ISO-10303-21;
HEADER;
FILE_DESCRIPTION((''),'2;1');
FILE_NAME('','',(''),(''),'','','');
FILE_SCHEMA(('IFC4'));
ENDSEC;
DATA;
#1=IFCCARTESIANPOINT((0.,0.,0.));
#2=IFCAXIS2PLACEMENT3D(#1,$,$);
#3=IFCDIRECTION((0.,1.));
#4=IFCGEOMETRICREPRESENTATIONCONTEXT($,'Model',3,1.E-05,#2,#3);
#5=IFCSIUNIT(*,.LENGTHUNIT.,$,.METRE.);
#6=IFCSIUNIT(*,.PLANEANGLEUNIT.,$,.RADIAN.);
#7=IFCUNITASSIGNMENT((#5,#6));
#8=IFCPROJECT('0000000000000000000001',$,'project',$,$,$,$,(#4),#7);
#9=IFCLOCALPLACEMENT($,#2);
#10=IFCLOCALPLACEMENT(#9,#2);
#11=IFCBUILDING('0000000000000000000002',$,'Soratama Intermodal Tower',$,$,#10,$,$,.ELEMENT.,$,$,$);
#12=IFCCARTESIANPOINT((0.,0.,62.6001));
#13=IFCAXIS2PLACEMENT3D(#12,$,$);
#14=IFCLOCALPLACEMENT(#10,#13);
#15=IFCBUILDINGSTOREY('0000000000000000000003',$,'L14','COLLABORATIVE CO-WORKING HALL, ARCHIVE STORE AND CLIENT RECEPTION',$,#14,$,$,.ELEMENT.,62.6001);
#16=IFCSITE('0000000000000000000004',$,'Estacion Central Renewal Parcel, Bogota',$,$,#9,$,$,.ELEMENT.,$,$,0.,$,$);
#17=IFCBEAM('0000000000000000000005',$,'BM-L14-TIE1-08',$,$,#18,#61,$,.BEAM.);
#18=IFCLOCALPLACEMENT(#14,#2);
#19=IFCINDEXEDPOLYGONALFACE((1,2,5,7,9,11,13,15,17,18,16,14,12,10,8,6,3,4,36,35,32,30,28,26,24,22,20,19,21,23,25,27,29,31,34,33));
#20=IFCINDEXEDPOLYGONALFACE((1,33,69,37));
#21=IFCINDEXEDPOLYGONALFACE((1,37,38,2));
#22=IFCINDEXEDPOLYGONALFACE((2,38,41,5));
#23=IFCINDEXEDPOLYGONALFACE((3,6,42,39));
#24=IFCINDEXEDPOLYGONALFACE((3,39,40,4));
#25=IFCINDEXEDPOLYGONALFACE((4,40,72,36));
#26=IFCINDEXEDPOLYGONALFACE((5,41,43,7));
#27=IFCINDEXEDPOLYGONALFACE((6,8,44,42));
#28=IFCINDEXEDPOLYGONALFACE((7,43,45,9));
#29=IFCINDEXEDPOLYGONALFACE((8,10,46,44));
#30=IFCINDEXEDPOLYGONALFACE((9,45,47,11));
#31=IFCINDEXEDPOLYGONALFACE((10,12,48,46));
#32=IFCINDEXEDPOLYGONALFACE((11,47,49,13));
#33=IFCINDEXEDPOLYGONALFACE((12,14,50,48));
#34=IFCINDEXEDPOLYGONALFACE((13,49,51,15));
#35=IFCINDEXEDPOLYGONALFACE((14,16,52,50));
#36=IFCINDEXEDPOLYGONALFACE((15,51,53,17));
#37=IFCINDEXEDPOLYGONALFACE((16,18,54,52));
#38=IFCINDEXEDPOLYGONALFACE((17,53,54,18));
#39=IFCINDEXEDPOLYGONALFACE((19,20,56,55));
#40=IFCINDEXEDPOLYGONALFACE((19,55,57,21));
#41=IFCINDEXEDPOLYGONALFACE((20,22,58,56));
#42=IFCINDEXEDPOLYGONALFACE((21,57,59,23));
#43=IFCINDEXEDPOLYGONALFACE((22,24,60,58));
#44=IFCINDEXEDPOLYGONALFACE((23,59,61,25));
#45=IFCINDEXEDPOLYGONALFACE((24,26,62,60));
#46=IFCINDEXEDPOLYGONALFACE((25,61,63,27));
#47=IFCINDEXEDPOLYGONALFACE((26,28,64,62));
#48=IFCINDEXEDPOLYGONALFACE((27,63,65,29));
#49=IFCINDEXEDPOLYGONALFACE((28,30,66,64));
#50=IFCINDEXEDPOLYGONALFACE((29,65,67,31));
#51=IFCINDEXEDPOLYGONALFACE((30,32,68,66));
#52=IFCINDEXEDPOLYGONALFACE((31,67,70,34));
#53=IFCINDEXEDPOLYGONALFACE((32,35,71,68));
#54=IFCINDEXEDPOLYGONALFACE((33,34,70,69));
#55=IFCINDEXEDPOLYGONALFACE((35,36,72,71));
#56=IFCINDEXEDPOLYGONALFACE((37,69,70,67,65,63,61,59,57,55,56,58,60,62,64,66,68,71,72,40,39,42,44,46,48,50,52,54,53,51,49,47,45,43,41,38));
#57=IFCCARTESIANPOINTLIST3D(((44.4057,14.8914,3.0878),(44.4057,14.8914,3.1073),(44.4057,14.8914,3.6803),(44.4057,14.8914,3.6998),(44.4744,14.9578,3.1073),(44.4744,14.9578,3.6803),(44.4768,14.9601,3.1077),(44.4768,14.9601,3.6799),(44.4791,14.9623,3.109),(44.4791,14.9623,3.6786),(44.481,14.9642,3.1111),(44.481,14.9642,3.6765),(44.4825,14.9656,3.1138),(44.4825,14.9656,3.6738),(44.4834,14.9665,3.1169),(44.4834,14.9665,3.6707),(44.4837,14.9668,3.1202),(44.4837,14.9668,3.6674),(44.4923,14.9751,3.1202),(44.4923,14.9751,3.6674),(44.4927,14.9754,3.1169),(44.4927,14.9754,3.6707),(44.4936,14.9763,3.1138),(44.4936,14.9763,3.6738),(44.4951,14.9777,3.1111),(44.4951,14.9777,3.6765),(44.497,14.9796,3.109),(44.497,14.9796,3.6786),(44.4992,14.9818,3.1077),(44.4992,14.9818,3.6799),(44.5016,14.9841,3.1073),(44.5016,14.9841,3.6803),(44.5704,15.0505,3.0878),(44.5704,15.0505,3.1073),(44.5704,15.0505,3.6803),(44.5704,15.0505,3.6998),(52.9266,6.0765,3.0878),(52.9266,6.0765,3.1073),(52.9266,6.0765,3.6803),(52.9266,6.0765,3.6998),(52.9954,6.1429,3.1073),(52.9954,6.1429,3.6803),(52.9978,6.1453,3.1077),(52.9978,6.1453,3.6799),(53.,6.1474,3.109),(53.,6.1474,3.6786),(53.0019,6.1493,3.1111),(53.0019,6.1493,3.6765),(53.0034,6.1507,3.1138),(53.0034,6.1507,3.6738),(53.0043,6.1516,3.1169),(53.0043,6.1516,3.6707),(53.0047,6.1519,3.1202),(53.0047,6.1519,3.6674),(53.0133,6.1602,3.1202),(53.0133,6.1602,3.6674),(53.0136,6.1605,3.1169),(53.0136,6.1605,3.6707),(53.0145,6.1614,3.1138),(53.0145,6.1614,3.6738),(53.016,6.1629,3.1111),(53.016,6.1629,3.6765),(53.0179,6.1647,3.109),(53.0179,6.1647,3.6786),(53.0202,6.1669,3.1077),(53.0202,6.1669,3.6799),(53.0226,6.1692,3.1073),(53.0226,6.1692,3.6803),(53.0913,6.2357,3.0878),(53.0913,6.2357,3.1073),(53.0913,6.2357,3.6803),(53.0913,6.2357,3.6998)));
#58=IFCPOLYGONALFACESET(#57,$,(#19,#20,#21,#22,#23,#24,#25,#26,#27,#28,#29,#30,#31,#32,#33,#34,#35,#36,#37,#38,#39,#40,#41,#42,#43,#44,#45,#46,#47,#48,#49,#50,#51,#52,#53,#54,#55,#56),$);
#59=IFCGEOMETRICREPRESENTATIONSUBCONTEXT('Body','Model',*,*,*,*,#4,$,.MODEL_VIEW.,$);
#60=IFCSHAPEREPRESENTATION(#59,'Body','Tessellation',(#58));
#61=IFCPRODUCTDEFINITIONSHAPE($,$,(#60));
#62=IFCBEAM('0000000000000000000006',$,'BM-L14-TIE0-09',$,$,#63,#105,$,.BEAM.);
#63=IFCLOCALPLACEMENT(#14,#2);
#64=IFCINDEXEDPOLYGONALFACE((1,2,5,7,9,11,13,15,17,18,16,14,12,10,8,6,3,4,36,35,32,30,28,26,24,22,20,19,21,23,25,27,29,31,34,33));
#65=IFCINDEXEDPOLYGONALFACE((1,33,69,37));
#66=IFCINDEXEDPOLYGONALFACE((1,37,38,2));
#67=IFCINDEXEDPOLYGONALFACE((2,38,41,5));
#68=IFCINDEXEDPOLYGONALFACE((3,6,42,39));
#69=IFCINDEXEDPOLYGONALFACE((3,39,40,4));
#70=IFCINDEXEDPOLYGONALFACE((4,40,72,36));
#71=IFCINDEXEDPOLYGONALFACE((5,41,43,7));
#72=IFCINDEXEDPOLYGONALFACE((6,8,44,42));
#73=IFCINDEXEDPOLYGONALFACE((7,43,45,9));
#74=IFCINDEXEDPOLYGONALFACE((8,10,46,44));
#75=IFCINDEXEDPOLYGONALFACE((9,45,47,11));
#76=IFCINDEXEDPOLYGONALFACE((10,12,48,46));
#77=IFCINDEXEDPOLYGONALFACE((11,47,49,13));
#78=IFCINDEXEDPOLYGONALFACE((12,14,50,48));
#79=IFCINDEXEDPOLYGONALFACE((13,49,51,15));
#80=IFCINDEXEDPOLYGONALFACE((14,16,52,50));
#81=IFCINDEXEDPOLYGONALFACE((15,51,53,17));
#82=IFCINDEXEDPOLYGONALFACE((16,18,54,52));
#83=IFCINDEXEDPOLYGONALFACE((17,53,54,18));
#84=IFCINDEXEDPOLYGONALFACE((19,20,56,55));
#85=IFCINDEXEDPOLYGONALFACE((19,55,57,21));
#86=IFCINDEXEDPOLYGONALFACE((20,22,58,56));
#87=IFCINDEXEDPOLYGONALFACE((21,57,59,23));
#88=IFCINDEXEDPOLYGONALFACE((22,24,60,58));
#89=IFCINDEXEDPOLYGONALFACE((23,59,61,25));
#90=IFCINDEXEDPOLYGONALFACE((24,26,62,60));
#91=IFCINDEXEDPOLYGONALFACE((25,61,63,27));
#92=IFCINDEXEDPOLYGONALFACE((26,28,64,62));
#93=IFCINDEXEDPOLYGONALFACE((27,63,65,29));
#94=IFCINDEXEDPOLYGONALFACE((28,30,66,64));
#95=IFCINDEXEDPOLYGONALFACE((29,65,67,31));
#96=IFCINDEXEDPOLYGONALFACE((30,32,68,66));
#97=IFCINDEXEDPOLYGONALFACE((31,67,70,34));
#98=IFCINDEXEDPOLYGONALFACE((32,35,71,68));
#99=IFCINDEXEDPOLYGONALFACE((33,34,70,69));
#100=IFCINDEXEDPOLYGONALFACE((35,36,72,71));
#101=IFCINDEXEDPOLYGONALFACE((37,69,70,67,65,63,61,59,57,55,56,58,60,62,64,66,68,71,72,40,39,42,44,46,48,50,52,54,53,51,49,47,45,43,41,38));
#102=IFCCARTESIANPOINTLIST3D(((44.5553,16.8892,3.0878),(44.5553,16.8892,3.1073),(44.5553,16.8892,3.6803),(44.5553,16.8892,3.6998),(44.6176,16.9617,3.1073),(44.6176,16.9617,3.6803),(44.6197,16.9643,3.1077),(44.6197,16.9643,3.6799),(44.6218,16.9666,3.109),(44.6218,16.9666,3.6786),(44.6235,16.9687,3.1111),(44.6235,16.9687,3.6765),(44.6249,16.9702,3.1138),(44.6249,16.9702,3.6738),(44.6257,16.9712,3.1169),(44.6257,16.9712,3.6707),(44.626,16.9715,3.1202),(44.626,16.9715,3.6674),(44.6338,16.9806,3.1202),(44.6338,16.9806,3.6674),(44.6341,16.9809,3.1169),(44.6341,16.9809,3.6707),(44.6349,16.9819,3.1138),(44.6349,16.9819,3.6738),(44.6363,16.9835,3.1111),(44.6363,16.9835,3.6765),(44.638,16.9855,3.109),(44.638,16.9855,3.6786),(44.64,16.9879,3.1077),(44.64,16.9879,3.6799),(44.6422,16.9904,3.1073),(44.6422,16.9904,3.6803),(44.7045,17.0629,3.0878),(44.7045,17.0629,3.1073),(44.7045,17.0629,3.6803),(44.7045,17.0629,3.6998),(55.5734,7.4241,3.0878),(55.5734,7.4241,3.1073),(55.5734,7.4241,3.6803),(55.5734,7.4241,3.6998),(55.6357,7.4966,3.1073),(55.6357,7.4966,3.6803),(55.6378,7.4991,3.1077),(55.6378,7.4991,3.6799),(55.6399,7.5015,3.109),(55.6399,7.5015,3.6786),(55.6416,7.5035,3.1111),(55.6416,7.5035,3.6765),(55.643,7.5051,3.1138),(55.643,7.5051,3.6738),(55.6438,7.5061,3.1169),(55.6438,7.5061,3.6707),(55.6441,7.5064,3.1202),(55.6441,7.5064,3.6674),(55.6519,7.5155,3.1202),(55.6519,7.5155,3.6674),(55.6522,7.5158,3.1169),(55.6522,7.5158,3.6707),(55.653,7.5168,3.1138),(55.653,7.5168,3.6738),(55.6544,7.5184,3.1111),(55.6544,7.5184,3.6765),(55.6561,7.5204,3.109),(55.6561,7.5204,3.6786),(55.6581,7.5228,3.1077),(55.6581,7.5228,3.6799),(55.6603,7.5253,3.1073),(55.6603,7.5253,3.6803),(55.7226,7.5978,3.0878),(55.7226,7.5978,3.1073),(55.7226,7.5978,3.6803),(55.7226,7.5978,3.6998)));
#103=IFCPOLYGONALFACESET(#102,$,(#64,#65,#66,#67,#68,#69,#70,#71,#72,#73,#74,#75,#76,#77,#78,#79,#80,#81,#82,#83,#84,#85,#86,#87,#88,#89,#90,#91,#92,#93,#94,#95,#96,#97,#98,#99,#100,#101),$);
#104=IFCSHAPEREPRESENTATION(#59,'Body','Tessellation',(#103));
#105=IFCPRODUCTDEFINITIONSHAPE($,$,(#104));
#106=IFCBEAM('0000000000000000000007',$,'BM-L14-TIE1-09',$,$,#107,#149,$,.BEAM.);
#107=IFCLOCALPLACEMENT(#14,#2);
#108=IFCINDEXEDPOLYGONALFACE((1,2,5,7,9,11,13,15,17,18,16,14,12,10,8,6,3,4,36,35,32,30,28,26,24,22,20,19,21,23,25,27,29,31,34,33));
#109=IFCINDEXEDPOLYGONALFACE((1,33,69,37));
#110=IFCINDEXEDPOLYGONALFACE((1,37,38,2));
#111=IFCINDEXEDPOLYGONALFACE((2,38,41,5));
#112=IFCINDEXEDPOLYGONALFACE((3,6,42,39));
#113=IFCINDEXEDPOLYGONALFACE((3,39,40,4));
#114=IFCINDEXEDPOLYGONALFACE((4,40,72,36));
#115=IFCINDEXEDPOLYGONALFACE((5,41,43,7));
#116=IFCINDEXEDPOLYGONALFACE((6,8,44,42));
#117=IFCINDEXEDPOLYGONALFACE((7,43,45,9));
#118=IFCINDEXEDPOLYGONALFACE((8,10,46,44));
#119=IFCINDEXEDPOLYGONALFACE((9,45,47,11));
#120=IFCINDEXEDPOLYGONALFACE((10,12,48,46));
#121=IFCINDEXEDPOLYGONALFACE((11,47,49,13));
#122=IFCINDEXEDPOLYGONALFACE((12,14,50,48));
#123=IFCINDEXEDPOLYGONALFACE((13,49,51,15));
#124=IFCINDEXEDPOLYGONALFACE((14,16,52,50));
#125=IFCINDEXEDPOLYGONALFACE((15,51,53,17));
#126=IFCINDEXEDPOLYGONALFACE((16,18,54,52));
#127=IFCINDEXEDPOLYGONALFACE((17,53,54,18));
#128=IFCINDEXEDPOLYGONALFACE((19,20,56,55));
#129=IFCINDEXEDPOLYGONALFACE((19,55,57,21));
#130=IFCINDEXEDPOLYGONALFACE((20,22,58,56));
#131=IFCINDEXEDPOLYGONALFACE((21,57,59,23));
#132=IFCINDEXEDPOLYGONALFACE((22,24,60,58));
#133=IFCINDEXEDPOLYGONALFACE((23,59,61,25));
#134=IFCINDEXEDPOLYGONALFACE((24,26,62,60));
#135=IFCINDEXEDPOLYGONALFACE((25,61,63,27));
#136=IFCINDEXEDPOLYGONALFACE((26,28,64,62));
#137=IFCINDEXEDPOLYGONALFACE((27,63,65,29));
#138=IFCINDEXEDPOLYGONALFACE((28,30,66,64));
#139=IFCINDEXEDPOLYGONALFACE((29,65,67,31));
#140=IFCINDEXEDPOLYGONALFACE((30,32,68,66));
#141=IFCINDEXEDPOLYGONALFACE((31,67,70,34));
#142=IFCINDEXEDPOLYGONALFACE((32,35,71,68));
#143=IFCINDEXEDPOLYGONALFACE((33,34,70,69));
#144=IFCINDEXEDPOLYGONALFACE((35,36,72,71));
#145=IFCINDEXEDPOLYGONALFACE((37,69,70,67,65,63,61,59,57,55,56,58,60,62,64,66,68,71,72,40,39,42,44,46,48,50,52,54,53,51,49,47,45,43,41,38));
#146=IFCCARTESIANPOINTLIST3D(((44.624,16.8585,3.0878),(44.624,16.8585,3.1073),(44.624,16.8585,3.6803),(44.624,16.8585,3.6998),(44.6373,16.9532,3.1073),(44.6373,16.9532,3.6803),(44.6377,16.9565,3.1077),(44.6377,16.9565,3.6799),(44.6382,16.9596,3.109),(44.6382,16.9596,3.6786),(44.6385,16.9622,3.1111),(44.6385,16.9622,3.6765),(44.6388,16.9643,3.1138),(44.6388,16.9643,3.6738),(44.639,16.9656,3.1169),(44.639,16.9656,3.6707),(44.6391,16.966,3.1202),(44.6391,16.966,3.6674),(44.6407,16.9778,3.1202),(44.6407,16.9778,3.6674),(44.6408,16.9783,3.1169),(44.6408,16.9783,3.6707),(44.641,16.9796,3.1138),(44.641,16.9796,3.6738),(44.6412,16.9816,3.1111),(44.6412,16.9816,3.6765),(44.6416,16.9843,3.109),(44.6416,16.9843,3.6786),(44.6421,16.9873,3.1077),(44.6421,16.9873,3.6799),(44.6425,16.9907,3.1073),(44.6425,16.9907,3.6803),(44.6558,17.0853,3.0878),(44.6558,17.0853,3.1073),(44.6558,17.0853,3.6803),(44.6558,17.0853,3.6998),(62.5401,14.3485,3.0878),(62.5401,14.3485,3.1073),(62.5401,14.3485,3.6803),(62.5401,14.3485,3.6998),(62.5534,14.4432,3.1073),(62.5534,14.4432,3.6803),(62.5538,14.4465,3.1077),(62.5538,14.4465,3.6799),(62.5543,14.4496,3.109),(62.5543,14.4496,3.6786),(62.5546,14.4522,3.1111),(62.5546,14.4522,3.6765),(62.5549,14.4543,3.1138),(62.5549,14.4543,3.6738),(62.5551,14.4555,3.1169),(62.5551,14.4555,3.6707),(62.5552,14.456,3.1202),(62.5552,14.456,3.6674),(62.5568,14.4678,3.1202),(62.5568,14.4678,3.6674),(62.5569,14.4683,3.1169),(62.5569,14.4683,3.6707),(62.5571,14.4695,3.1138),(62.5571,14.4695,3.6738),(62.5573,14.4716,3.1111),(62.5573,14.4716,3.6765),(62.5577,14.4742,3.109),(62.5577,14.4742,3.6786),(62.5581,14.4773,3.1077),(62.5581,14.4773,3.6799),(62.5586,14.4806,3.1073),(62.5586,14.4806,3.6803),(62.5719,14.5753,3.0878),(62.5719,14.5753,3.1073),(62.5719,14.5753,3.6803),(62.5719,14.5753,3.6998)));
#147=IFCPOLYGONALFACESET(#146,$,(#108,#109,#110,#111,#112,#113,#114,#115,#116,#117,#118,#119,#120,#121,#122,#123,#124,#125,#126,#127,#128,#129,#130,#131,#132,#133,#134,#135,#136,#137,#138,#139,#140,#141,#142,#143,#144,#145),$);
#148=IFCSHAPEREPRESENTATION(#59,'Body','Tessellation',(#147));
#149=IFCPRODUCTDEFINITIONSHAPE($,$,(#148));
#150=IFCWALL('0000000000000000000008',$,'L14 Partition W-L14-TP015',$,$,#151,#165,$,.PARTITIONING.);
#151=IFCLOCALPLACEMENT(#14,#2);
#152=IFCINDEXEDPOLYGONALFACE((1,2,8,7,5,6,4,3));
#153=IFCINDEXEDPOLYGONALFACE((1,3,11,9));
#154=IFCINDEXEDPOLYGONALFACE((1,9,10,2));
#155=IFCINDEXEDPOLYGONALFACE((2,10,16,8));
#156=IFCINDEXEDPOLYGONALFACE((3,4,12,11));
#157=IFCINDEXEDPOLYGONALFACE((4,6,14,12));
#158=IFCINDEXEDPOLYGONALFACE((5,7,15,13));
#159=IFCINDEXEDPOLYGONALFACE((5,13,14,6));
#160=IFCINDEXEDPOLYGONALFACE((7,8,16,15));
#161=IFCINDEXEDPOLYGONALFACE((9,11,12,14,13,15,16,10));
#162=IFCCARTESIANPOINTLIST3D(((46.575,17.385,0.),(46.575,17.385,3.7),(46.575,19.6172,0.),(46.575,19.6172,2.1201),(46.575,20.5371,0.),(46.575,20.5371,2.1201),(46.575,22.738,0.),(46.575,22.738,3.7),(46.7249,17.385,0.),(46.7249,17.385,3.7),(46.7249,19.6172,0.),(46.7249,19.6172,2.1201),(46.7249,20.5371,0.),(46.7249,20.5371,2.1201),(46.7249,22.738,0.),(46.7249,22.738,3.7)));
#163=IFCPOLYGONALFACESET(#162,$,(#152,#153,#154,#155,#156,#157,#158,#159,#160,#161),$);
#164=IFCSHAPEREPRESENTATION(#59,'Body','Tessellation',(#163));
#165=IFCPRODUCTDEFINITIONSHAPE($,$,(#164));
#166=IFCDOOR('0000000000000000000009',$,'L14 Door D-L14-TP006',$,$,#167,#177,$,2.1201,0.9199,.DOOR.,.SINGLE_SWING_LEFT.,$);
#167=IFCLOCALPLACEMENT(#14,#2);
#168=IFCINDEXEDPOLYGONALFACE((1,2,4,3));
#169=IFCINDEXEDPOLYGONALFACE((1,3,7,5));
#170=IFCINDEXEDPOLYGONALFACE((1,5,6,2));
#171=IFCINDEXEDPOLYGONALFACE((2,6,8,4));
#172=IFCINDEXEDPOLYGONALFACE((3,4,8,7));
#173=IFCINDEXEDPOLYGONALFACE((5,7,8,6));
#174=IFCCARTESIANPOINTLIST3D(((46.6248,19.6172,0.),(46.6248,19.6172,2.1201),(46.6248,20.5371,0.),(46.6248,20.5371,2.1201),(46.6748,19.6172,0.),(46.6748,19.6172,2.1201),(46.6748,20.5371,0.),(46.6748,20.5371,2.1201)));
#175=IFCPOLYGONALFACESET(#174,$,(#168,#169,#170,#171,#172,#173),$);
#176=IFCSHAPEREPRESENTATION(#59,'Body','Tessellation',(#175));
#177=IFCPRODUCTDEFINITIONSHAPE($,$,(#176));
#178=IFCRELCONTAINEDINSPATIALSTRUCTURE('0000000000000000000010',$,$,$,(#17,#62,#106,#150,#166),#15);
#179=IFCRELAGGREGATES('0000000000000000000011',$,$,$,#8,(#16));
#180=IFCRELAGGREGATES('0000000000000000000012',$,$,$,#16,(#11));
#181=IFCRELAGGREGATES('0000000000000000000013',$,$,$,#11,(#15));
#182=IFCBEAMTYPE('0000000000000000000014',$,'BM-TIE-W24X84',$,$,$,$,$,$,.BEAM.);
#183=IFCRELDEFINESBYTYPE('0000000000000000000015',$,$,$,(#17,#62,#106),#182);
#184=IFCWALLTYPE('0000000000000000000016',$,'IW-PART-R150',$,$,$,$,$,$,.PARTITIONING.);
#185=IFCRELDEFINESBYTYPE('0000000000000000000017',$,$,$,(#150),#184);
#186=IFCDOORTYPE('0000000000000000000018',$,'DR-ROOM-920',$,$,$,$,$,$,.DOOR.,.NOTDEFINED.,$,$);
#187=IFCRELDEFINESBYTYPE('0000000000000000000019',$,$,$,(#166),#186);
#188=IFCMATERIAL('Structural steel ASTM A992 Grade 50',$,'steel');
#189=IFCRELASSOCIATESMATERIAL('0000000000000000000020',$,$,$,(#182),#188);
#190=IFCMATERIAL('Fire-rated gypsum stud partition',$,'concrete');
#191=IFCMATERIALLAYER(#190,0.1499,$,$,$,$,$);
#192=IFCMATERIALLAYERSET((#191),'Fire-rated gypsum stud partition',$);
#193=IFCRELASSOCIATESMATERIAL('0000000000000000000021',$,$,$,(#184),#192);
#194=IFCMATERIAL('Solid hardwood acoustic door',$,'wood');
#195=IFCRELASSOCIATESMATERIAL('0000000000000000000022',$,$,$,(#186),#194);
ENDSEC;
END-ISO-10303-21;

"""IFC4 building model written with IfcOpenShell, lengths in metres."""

from ifc_helpers import new_model, si_unit, direction, frame, frame_2d, origin, origin_2d, place, context, subcontext, project, spatial, rectangle, i_section, extrude, material, layer, layer_set, material_profile, profile_set, type_object, element, fill, save


model = new_model("IFC4")

# Units and contexts
model_context = context("Model", 3, precision=1e-05, world=origin(), true_north=direction((0.0, 1.0)))
body_context = subcontext(model_context, "Body", "Model", "MODEL_VIEW")
ifc_project = project(units=[si_unit("LENGTHUNIT", "METRE"), si_unit("PLANEANGLEUNIT", "RADIAN")], contexts=[model_context])

# Site, building, storey
site_placement = place(None, origin())
site = spatial("IfcSite", under=ifc_project, at=site_placement, Name="Estacion Central Renewal Parcel, Bogota", CompositionType="ELEMENT", RefElevation=0.0)
building_placement = place(site_placement, origin())
building = spatial("IfcBuilding", under=site, at=building_placement, Name="Soratama Intermodal Tower", CompositionType="ELEMENT")
storey_placement = place(building_placement, frame((0.0, 0.0, 62.6001)))
storey = spatial("IfcBuildingStorey", under=building, at=storey_placement, Name="L14", Description="COLLABORATIVE CO-WORKING HALL, ARCHIVE STORE AND CLIENT RECEPTION", CompositionType="ELEMENT", Elevation=62.6001)

# Beams
ifc_material_1 = material(Name="Structural steel ASTM A992 Grade 50", Category="steel")
ifc_material_profile_1 = material_profile(ifc_material_1, i_section(OverallWidth=0.229, OverallDepth=0.6121, WebThickness=0.012, FlangeThickness=0.0195, FilletRadius=0.0129, at=origin_2d()), Name="W24X84")
ifc_profile_set_1 = profile_set([ifc_material_profile_1], Name="Structural steel ASTM A992 Grade 50")
beam_type_1 = type_object("IfcBeamType", Name="BM-TIE-W24X84", PredefinedType="BEAM", material=ifc_profile_set_1)
beam_1_placement = place(storey_placement, frame((44.488, 14.9709, 3.3938), z_axis=(0.695017, -0.718993, 0.0), x_axis=(0.718993, 0.695017, 0.0)))
element("IfcBeam", 1, at=beam_1_placement, inside=storey, type_object=beam_type_1, Name="BM-L14-TIE1-08", PredefinedType="BEAM", context=body_context, shape_type="SweptSolid", body=[
    extrude(i_section(OverallWidth=0.229, OverallDepth=0.6121, WebThickness=0.012, FlangeThickness=0.0195, FilletRadius=0.0129, at=origin_2d()), origin(), (0.0, 0.0, 1.0), 12.26),
])
beam_2_placement = place(storey_placement, frame((44.6299, 16.9761, 3.3938), z_axis=(0.758541, -0.651626, 0.0), x_axis=(0.651626, 0.758541, 0.0)))
element("IfcBeam", 2, at=beam_2_placement, inside=storey, type_object=beam_type_1, Name="BM-L14-TIE0-09", PredefinedType="BEAM", context=body_context, shape_type="SweptSolid", body=[
    extrude(i_section(OverallWidth=0.229, OverallDepth=0.6121, WebThickness=0.012, FlangeThickness=0.0195, FilletRadius=0.0129, at=origin_2d()), origin(), (0.0, 0.0, 1.0), 14.5254),
])
beam_3_placement = place(storey_placement, frame((44.6399, 16.9719, 3.3938), z_axis=(0.990328, -0.138744, 0.0), x_axis=(0.138744, 0.990328, 0.0)))
element("IfcBeam", 3, at=beam_3_placement, inside=storey, type_object=beam_type_1, Name="BM-L14-TIE1-09", PredefinedType="BEAM", context=body_context, shape_type="SweptSolid", body=[
    extrude(i_section(OverallWidth=0.229, OverallDepth=0.6121, WebThickness=0.012, FlangeThickness=0.0195, FilletRadius=0.0129, at=origin_2d()), origin(), (0.0, 0.0, 1.0), 18.0911),
])

# Wall, opening, door
ifc_material_2 = material(Name="Fire-rated gypsum stud partition", Category="concrete")
ifc_layer_1 = layer(ifc_material_2, 0.1499)
ifc_layer_set_1 = layer_set([ifc_layer_1], Name="Fire-rated gypsum stud partition")
wall_type_1 = type_object("IfcWallType", Name="IW-PART-R150", PredefinedType="PARTITIONING", material=ifc_layer_set_1)
wall_1_placement = place(storey_placement, frame((46.6499, 22.738, 0.0), z_axis=(0.0, 0.0, 1.0), x_axis=(0.0, -1.0, 0.0)))
wall_1 = element("IfcWall", 4, at=wall_1_placement, inside=storey, type_object=wall_type_1, Name="L14 Partition W-L14-TP015", PredefinedType="PARTITIONING", context=body_context, shape_type="SweptSolid", body=[
    extrude(rectangle(XDim=5.353, YDim=0.1499, at=frame_2d((2.6765, 0.0))), origin(), (0.0, 0.0, 1.0), 3.7),
])
opening_1_placement = place(wall_1_placement, frame((2.2009, 0.0, 0.0)))
opening_1 = element("IfcOpeningElement", 5, at=opening_1_placement, cuts=wall_1, PredefinedType="OPENING", context=body_context, shape_type="SweptSolid", body=[
    extrude(rectangle(XDim=0.9199, YDim=2.1201, at=frame_2d((0.46, 1.0601))), frame((0.0, 0.085, 0.0), z_axis=(0.0, -1.0, 0.0), x_axis=(1.0, 0.0, 0.0)), (0.0, 0.0, 1.0), 0.1699),
])
ifc_material_3 = material(Name="Solid hardwood acoustic door", Category="wood")
door_type_1 = type_object("IfcDoorType", Name="DR-ROOM-920", OperationType="NOTDEFINED", PredefinedType="DOOR", material=ifc_material_3)
door_1_placement = place(opening_1_placement, origin())
door_1 = element("IfcDoor", 6, at=door_1_placement, inside=storey, type_object=door_type_1, Name="L14 Door D-L14-TP006", OperationType="SINGLE_SWING_LEFT", OverallHeight=2.1201, OverallWidth=0.9199, PredefinedType="DOOR", context=body_context, shape_type="SweptSolid", body=[
    extrude(rectangle(XDim=0.9199, YDim=2.1201, at=frame_2d((0.46, 1.0601))), frame((0.0, 0.0249, 0.0), z_axis=(0.0, -1.0, 0.0), x_axis=(1.0, 0.0, 0.0)), (0.0, 0.0, 1.0), 0.05),
])
fill(opening_1, door_1)

save(model, "model.ifc")
